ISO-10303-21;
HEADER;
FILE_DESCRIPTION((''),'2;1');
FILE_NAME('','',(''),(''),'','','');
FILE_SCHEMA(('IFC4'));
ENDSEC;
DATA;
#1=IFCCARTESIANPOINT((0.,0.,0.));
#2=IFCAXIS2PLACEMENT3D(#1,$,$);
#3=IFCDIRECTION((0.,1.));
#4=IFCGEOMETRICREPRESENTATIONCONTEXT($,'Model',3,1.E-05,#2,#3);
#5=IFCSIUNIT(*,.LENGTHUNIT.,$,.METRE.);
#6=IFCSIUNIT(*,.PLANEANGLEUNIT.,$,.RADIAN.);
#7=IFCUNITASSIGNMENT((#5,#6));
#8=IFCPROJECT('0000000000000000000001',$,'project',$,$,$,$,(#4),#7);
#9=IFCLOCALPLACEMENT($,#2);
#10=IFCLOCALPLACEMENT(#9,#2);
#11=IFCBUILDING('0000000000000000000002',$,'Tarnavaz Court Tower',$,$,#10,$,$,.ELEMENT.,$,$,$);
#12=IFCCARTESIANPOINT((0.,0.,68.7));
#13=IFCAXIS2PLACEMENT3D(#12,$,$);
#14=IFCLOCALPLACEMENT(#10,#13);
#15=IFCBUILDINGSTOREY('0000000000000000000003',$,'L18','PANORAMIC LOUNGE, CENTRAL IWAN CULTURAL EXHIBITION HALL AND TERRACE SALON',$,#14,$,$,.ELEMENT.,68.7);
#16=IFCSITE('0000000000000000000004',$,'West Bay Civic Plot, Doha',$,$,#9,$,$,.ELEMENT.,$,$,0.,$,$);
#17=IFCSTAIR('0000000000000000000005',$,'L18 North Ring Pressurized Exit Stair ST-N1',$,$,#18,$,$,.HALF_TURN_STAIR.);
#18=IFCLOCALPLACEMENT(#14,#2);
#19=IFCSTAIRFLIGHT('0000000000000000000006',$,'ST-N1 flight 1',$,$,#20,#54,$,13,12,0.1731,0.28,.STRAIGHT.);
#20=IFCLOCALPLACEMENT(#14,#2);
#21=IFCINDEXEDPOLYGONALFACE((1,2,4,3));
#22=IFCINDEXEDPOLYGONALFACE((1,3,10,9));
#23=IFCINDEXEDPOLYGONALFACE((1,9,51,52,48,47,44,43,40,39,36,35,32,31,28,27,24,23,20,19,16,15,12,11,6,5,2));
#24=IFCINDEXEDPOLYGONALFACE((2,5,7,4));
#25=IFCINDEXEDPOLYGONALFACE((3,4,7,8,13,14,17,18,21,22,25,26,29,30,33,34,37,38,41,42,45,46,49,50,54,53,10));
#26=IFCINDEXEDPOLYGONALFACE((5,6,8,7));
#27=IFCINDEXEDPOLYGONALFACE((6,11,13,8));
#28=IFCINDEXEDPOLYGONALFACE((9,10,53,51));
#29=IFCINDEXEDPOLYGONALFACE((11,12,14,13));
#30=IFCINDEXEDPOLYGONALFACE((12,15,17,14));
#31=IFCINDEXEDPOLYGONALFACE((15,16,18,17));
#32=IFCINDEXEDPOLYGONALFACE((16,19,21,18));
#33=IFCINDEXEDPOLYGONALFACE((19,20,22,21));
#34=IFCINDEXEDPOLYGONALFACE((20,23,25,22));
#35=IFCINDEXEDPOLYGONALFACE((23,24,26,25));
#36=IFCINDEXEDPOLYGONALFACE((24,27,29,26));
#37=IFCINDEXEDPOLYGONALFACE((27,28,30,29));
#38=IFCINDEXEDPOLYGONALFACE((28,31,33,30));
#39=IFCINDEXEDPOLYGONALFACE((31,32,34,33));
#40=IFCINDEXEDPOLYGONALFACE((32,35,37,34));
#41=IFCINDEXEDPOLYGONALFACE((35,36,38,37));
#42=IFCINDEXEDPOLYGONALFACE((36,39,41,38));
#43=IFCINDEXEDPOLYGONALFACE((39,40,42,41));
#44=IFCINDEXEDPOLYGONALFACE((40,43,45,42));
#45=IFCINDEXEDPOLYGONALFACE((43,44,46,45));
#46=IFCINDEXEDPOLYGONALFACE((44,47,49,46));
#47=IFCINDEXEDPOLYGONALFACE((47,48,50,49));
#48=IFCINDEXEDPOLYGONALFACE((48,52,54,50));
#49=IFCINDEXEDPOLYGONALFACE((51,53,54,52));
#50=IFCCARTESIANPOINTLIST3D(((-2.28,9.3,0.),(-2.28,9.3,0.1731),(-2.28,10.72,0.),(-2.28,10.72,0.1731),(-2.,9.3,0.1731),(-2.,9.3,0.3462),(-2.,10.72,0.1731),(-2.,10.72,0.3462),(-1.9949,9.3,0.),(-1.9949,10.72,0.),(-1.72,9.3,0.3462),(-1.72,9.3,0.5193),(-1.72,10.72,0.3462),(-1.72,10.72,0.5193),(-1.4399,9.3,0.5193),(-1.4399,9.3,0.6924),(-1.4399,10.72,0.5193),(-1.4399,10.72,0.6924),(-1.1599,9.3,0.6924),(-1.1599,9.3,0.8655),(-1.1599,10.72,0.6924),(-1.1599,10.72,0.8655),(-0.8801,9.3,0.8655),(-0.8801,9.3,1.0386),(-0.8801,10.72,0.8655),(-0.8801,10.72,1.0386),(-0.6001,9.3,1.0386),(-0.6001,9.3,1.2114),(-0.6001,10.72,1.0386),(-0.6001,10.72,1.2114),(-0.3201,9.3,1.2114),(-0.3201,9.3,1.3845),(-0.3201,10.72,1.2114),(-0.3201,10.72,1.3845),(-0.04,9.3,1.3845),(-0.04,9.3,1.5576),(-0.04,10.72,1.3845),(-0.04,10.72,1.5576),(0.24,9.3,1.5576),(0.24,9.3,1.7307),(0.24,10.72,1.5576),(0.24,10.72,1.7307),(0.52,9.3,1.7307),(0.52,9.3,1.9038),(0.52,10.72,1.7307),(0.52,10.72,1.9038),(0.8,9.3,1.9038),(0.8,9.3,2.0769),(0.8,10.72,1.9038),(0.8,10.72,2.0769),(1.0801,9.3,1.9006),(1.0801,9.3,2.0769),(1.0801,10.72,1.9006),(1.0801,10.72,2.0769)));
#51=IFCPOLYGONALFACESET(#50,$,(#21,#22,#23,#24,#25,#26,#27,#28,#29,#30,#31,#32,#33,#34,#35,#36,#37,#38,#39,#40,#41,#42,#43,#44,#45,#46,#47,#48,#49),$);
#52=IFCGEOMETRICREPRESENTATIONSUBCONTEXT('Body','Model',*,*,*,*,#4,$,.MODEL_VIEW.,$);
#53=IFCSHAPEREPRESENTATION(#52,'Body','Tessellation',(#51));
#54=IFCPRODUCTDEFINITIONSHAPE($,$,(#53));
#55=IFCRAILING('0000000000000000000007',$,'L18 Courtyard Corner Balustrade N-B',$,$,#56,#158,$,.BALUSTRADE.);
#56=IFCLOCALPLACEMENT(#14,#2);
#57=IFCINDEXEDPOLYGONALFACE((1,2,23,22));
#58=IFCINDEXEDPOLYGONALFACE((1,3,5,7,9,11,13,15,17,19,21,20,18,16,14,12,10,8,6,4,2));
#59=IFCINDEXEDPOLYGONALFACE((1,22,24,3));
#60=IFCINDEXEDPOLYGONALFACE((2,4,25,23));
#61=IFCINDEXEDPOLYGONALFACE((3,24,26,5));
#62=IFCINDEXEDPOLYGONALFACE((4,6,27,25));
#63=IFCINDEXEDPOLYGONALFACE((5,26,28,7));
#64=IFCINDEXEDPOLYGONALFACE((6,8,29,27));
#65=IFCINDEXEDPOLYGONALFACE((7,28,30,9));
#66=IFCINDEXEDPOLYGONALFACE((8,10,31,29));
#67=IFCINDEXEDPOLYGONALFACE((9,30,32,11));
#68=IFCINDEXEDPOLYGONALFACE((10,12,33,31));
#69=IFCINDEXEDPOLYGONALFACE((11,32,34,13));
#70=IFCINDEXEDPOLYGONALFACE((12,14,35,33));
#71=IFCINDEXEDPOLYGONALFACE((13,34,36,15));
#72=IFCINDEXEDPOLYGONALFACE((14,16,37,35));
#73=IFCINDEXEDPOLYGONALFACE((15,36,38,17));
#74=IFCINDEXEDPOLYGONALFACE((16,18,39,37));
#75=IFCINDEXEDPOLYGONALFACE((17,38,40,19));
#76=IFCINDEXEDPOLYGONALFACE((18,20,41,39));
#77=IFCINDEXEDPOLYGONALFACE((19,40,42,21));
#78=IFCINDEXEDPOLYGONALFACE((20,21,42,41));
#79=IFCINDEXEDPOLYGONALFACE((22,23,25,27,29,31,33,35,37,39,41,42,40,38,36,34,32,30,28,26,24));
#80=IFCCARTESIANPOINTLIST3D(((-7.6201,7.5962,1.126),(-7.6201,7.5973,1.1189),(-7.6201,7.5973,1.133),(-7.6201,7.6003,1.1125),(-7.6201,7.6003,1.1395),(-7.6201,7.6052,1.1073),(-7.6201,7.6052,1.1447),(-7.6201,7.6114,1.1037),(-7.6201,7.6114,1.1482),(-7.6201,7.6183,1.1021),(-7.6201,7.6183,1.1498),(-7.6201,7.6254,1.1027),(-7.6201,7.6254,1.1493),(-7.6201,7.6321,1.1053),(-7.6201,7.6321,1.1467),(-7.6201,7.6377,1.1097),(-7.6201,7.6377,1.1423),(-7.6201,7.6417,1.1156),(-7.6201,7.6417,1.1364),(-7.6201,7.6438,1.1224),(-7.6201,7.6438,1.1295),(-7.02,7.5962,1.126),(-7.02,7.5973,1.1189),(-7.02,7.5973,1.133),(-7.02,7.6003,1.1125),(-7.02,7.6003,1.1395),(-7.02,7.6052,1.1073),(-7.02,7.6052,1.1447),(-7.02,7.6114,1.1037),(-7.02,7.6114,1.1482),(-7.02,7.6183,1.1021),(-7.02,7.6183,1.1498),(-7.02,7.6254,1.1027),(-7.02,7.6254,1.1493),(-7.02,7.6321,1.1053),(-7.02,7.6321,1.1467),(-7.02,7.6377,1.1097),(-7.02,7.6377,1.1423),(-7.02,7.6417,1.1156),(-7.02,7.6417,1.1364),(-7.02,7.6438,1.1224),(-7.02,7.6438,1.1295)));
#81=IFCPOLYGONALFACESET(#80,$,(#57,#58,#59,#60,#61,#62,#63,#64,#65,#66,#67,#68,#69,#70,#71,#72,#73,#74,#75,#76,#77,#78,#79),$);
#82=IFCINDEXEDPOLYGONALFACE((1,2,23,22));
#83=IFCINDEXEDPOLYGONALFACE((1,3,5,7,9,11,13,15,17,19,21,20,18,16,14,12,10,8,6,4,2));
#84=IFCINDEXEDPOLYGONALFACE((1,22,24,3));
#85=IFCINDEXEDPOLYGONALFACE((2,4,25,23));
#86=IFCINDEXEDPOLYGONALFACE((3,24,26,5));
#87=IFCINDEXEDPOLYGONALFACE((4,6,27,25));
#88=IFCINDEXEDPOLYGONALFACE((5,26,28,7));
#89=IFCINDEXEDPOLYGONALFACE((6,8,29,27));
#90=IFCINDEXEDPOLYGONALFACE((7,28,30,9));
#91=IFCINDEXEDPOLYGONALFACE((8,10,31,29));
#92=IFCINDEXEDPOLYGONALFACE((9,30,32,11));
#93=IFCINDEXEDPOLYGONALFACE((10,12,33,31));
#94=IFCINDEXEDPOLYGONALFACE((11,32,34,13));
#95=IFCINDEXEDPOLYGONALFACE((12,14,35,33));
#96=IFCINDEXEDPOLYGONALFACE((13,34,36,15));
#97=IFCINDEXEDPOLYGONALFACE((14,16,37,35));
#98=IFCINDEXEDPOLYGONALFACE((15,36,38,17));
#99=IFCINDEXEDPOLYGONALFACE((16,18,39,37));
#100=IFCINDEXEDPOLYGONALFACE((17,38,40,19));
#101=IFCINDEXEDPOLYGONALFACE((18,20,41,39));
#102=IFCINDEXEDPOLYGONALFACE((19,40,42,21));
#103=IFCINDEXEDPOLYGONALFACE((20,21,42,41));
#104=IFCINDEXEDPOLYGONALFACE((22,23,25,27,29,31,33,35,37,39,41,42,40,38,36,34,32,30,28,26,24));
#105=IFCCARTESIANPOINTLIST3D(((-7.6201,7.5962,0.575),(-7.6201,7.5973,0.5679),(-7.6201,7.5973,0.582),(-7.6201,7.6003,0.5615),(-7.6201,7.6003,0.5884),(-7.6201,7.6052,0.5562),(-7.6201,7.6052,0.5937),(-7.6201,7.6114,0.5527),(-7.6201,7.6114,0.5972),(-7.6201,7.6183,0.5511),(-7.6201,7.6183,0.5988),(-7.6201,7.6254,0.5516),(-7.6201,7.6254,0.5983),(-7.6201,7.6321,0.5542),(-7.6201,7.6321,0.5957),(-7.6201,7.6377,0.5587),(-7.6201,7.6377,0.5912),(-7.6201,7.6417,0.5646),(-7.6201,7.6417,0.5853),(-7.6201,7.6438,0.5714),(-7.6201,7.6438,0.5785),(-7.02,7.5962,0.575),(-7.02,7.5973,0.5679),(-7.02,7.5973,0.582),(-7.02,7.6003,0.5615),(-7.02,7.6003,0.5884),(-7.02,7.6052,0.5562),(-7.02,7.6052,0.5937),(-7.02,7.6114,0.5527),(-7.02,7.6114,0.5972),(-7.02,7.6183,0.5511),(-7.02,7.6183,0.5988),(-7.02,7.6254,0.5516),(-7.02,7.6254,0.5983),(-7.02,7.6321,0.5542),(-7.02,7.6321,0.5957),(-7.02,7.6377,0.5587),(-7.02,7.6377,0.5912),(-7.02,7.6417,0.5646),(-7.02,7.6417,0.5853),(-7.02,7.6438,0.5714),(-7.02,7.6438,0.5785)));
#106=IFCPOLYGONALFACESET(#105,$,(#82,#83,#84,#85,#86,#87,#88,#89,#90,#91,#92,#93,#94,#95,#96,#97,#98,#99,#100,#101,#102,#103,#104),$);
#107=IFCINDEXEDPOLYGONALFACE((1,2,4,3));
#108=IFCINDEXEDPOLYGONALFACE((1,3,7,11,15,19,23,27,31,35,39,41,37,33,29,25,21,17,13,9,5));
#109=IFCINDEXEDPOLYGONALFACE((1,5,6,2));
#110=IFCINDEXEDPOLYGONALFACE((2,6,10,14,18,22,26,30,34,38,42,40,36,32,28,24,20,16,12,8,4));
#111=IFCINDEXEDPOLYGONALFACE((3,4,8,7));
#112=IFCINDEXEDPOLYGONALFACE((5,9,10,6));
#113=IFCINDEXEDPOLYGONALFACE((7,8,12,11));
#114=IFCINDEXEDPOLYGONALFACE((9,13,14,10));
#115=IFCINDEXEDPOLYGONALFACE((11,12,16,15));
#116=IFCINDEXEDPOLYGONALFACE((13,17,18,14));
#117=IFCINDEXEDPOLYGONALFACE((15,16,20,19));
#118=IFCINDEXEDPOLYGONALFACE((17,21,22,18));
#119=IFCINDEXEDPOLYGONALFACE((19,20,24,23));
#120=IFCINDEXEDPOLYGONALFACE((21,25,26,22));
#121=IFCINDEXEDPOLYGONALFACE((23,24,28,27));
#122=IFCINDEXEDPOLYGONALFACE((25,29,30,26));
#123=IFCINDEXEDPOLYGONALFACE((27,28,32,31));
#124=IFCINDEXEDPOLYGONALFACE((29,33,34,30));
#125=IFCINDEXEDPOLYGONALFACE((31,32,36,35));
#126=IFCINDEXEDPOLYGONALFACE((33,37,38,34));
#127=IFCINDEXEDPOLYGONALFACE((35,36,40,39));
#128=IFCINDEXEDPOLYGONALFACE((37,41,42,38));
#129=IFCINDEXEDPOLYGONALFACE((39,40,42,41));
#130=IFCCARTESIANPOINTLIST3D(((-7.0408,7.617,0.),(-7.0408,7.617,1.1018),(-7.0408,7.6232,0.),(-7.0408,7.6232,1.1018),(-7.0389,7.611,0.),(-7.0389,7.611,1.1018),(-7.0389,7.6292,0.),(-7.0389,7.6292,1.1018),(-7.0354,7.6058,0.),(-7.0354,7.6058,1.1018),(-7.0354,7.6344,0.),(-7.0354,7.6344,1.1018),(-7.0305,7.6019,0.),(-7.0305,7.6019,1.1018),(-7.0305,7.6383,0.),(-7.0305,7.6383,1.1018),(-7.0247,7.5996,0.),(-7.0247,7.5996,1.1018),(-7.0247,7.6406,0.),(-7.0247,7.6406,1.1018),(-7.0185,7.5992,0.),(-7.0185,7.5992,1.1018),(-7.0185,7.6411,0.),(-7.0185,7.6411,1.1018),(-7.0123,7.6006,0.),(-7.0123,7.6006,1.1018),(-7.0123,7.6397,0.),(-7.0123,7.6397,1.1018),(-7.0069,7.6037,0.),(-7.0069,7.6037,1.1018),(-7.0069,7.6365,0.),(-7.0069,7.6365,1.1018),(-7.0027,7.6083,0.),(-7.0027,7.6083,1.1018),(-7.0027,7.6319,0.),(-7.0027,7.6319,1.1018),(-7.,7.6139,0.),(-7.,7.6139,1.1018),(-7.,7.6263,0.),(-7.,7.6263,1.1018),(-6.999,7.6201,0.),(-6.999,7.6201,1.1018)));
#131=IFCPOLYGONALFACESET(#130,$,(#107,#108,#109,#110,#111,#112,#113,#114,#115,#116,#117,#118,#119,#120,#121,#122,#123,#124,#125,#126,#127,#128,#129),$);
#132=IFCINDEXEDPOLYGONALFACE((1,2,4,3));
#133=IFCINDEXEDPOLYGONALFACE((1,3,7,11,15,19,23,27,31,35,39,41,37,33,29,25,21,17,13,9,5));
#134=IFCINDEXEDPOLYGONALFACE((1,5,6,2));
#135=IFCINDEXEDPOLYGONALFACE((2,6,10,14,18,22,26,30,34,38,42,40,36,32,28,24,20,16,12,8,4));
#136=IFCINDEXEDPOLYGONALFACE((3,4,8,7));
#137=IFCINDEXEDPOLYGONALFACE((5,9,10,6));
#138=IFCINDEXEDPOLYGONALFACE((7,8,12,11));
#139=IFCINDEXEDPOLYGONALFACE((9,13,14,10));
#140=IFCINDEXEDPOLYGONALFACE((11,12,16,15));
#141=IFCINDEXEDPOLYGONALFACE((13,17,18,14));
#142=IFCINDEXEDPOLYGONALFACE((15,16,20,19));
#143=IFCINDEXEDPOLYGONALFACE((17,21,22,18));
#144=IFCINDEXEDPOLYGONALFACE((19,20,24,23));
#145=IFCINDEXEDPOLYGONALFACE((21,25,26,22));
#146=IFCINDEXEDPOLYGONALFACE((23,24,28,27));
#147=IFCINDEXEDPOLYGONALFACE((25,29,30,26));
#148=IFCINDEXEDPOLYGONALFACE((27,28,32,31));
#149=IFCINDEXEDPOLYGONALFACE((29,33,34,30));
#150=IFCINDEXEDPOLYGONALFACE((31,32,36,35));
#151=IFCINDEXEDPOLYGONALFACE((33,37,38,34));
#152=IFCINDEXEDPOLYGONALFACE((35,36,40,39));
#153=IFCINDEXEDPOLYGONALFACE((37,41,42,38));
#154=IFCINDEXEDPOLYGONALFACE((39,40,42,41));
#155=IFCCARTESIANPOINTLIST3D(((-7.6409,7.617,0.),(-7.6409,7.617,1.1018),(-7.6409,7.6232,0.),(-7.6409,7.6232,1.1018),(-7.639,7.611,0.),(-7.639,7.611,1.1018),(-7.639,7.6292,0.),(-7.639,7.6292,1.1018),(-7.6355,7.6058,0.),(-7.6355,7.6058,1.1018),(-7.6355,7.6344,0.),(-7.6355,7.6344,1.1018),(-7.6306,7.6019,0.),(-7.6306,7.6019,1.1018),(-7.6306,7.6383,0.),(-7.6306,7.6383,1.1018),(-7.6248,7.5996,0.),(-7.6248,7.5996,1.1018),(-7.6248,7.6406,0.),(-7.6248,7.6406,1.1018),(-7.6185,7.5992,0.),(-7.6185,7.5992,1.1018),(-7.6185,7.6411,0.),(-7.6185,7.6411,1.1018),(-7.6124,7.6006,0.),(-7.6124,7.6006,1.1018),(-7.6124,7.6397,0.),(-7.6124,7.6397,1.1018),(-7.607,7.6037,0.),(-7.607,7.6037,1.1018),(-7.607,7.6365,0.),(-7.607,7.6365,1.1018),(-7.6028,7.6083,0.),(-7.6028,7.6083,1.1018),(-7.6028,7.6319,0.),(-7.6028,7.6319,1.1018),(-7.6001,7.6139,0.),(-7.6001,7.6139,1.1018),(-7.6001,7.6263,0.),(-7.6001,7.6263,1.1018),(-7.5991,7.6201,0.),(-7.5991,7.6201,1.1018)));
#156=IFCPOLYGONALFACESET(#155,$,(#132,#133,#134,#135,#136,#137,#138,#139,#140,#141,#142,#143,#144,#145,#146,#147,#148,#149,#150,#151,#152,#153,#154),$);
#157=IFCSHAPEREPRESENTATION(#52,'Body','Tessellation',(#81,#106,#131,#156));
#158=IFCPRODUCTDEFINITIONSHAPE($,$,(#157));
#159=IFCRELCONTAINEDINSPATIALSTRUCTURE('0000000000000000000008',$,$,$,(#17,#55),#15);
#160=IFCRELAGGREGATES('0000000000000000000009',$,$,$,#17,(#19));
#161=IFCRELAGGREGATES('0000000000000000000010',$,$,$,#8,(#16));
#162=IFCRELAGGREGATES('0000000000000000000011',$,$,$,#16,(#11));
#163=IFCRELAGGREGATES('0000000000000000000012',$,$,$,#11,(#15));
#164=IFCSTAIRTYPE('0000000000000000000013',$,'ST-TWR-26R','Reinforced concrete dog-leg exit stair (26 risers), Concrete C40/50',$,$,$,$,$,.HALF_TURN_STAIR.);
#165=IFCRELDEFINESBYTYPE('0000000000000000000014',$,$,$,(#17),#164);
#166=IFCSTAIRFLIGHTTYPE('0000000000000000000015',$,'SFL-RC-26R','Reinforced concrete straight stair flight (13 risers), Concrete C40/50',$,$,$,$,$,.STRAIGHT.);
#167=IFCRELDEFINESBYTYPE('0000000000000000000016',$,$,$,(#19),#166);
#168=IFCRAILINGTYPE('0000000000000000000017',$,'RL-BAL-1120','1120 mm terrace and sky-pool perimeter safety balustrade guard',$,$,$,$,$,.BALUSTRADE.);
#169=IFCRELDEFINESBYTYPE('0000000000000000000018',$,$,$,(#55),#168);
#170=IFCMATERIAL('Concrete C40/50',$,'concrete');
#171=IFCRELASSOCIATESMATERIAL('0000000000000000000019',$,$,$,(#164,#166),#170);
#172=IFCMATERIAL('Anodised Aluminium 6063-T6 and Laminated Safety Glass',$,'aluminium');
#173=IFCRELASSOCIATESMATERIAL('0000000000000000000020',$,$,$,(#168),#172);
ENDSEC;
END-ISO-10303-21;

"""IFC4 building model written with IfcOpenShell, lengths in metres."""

from ifc_helpers import new_model, si_unit, direction, frame, origin, origin_2d, place, context, subcontext, project, spatial, polyline, circle, outline, extrude, material, type_object, element, aggregate, save


model = new_model("IFC4")

# Units and contexts
model_context = context("Model", 3, precision=1e-05, world=origin(), true_north=direction((0.0, 1.0)))
body_context = subcontext(model_context, "Body", "Model", "MODEL_VIEW")
ifc_project = project(units=[si_unit("LENGTHUNIT", "METRE"), si_unit("PLANEANGLEUNIT", "RADIAN")], contexts=[model_context])

# Site, building, storey
site_placement = place(None, origin())
site = spatial("IfcSite", under=ifc_project, at=site_placement, Name="West Bay Civic Plot, Doha", CompositionType="ELEMENT", RefElevation=0.0)
building_placement = place(site_placement, origin())
building = spatial("IfcBuilding", under=site, at=building_placement, Name="Tarnavaz Court Tower", CompositionType="ELEMENT")
storey_placement = place(building_placement, frame((0.0, 0.0, 68.7)))
storey = spatial("IfcBuildingStorey", under=building, at=storey_placement, Name="L18", Description="PANORAMIC LOUNGE, CENTRAL IWAN CULTURAL EXHIBITION HALL AND TERRACE SALON", CompositionType="ELEMENT", Elevation=68.7)

# Stair, stair flight
ifc_material_1 = material(Name="Concrete C40/50", Category="concrete")
stair_type = type_object("IfcStairType", Name="ST-TWR-26R", Description="Reinforced concrete dog-leg exit stair (26 risers), Concrete C40/50", PredefinedType="HALF_TURN_STAIR", material=ifc_material_1)
stair_flight_type = type_object("IfcStairFlightType", Name="SFL-RC-26R", Description="Reinforced concrete straight stair flight (13 risers), Concrete C40/50", PredefinedType="STRAIGHT", material=ifc_material_1)
stair_1_placement = place(storey_placement, origin())
stair_1 = element("IfcStair", 1, at=stair_1_placement, inside=storey, type_object=stair_type, Name="L18 North Ring Pressurized Exit Stair ST-N1", PredefinedType="HALF_TURN_STAIR")
stair_flight_1_placement = place(storey_placement, frame((-2.28, 10.01, 0.0), z_axis=(0.0, 0.0, 1.0), x_axis=(1.0, 0.0, 0.0)))
stair_flight_1 = element("IfcStairFlight", 2, at=stair_flight_1_placement, type_object=stair_flight_type, Name="ST-N1 flight 1", NumberOfRisers=13, NumberOfTreads=12, PredefinedType="STRAIGHT", RiserHeight=0.1731, TreadLength=0.28, context=body_context, shape_type="SweptSolid", body=[
    extrude(outline(polyline([(0.0, 0.0), (0.0, 0.1731), (0.28, 0.1731), (0.28, 0.3462), (0.5601, 0.3462), (0.5601, 0.5193), (0.8401, 0.5193), (0.8401, 0.6924), (1.1201, 0.6924), (1.1201, 0.8655), (1.3999, 0.8655), (1.3999, 1.0386), (1.6799, 1.0386), (1.6799, 1.2114), (1.96, 1.2114), (1.96, 1.3845), (2.24, 1.3845), (2.24, 1.5576), (2.52, 1.5576), (2.52, 1.7307), (2.8, 1.7307), (2.8, 1.9038), (3.0801, 1.9038), (3.0801, 2.0769), (3.3601, 2.0769), (3.3601, 2.25), (3.3601, 1.9006), (0.2852, 0.0), (0.0, 0.0)])), frame((0.0, 0.71, 0.0), z_axis=(0.0, -1.0, 0.0), x_axis=(1.0, 0.0, 0.0)), (0.0, 0.0, 1.0), 1.4199),
])
aggregate(stair_1, [stair_flight_1])

# Railing
ifc_material_2 = material(Name="Anodised Aluminium 6063-T6 and Laminated Safety Glass", Category="aluminium")
railing_type_1 = type_object("IfcRailingType", Name="RL-BAL-1120", Description="1120 mm terrace and sky-pool perimeter safety balustrade guard", PredefinedType="BALUSTRADE", material=ifc_material_2)
railing_1_placement = place(storey_placement, frame((-7.02, 7.6201, 0.0)))
element("IfcRailing", 3, at=railing_1_placement, inside=storey, type_object=railing_type_1, Name="L18 Courtyard Corner Balustrade N-B", PredefinedType="BALUSTRADE", context=body_context, shape_type="SweptSolid", body=[
    extrude(circle(Radius=0.0239, at=origin_2d()), frame((0.0, 0.0, 1.126), z_axis=(-1.0, 0.0, 0.0), x_axis=(0.0, -1.0, 0.0)), (0.0, 0.0, 1.0), 0.6001),
    extrude(circle(Radius=0.0239, at=origin_2d()), frame((0.0, 0.0, 0.575), z_axis=(-1.0, 0.0, 0.0), x_axis=(0.0, -1.0, 0.0)), (0.0, 0.0, 1.0), 0.6001),
    extrude(circle(Radius=0.021, at=origin_2d()), origin(), (0.0, 0.0, 1.0), 1.1018),
    extrude(circle(Radius=0.021, at=origin_2d()), frame((-0.6001, 0.0, 0.0)), (0.0, 0.0, 1.0), 1.1018),
])

save(model, "model.ifc")
